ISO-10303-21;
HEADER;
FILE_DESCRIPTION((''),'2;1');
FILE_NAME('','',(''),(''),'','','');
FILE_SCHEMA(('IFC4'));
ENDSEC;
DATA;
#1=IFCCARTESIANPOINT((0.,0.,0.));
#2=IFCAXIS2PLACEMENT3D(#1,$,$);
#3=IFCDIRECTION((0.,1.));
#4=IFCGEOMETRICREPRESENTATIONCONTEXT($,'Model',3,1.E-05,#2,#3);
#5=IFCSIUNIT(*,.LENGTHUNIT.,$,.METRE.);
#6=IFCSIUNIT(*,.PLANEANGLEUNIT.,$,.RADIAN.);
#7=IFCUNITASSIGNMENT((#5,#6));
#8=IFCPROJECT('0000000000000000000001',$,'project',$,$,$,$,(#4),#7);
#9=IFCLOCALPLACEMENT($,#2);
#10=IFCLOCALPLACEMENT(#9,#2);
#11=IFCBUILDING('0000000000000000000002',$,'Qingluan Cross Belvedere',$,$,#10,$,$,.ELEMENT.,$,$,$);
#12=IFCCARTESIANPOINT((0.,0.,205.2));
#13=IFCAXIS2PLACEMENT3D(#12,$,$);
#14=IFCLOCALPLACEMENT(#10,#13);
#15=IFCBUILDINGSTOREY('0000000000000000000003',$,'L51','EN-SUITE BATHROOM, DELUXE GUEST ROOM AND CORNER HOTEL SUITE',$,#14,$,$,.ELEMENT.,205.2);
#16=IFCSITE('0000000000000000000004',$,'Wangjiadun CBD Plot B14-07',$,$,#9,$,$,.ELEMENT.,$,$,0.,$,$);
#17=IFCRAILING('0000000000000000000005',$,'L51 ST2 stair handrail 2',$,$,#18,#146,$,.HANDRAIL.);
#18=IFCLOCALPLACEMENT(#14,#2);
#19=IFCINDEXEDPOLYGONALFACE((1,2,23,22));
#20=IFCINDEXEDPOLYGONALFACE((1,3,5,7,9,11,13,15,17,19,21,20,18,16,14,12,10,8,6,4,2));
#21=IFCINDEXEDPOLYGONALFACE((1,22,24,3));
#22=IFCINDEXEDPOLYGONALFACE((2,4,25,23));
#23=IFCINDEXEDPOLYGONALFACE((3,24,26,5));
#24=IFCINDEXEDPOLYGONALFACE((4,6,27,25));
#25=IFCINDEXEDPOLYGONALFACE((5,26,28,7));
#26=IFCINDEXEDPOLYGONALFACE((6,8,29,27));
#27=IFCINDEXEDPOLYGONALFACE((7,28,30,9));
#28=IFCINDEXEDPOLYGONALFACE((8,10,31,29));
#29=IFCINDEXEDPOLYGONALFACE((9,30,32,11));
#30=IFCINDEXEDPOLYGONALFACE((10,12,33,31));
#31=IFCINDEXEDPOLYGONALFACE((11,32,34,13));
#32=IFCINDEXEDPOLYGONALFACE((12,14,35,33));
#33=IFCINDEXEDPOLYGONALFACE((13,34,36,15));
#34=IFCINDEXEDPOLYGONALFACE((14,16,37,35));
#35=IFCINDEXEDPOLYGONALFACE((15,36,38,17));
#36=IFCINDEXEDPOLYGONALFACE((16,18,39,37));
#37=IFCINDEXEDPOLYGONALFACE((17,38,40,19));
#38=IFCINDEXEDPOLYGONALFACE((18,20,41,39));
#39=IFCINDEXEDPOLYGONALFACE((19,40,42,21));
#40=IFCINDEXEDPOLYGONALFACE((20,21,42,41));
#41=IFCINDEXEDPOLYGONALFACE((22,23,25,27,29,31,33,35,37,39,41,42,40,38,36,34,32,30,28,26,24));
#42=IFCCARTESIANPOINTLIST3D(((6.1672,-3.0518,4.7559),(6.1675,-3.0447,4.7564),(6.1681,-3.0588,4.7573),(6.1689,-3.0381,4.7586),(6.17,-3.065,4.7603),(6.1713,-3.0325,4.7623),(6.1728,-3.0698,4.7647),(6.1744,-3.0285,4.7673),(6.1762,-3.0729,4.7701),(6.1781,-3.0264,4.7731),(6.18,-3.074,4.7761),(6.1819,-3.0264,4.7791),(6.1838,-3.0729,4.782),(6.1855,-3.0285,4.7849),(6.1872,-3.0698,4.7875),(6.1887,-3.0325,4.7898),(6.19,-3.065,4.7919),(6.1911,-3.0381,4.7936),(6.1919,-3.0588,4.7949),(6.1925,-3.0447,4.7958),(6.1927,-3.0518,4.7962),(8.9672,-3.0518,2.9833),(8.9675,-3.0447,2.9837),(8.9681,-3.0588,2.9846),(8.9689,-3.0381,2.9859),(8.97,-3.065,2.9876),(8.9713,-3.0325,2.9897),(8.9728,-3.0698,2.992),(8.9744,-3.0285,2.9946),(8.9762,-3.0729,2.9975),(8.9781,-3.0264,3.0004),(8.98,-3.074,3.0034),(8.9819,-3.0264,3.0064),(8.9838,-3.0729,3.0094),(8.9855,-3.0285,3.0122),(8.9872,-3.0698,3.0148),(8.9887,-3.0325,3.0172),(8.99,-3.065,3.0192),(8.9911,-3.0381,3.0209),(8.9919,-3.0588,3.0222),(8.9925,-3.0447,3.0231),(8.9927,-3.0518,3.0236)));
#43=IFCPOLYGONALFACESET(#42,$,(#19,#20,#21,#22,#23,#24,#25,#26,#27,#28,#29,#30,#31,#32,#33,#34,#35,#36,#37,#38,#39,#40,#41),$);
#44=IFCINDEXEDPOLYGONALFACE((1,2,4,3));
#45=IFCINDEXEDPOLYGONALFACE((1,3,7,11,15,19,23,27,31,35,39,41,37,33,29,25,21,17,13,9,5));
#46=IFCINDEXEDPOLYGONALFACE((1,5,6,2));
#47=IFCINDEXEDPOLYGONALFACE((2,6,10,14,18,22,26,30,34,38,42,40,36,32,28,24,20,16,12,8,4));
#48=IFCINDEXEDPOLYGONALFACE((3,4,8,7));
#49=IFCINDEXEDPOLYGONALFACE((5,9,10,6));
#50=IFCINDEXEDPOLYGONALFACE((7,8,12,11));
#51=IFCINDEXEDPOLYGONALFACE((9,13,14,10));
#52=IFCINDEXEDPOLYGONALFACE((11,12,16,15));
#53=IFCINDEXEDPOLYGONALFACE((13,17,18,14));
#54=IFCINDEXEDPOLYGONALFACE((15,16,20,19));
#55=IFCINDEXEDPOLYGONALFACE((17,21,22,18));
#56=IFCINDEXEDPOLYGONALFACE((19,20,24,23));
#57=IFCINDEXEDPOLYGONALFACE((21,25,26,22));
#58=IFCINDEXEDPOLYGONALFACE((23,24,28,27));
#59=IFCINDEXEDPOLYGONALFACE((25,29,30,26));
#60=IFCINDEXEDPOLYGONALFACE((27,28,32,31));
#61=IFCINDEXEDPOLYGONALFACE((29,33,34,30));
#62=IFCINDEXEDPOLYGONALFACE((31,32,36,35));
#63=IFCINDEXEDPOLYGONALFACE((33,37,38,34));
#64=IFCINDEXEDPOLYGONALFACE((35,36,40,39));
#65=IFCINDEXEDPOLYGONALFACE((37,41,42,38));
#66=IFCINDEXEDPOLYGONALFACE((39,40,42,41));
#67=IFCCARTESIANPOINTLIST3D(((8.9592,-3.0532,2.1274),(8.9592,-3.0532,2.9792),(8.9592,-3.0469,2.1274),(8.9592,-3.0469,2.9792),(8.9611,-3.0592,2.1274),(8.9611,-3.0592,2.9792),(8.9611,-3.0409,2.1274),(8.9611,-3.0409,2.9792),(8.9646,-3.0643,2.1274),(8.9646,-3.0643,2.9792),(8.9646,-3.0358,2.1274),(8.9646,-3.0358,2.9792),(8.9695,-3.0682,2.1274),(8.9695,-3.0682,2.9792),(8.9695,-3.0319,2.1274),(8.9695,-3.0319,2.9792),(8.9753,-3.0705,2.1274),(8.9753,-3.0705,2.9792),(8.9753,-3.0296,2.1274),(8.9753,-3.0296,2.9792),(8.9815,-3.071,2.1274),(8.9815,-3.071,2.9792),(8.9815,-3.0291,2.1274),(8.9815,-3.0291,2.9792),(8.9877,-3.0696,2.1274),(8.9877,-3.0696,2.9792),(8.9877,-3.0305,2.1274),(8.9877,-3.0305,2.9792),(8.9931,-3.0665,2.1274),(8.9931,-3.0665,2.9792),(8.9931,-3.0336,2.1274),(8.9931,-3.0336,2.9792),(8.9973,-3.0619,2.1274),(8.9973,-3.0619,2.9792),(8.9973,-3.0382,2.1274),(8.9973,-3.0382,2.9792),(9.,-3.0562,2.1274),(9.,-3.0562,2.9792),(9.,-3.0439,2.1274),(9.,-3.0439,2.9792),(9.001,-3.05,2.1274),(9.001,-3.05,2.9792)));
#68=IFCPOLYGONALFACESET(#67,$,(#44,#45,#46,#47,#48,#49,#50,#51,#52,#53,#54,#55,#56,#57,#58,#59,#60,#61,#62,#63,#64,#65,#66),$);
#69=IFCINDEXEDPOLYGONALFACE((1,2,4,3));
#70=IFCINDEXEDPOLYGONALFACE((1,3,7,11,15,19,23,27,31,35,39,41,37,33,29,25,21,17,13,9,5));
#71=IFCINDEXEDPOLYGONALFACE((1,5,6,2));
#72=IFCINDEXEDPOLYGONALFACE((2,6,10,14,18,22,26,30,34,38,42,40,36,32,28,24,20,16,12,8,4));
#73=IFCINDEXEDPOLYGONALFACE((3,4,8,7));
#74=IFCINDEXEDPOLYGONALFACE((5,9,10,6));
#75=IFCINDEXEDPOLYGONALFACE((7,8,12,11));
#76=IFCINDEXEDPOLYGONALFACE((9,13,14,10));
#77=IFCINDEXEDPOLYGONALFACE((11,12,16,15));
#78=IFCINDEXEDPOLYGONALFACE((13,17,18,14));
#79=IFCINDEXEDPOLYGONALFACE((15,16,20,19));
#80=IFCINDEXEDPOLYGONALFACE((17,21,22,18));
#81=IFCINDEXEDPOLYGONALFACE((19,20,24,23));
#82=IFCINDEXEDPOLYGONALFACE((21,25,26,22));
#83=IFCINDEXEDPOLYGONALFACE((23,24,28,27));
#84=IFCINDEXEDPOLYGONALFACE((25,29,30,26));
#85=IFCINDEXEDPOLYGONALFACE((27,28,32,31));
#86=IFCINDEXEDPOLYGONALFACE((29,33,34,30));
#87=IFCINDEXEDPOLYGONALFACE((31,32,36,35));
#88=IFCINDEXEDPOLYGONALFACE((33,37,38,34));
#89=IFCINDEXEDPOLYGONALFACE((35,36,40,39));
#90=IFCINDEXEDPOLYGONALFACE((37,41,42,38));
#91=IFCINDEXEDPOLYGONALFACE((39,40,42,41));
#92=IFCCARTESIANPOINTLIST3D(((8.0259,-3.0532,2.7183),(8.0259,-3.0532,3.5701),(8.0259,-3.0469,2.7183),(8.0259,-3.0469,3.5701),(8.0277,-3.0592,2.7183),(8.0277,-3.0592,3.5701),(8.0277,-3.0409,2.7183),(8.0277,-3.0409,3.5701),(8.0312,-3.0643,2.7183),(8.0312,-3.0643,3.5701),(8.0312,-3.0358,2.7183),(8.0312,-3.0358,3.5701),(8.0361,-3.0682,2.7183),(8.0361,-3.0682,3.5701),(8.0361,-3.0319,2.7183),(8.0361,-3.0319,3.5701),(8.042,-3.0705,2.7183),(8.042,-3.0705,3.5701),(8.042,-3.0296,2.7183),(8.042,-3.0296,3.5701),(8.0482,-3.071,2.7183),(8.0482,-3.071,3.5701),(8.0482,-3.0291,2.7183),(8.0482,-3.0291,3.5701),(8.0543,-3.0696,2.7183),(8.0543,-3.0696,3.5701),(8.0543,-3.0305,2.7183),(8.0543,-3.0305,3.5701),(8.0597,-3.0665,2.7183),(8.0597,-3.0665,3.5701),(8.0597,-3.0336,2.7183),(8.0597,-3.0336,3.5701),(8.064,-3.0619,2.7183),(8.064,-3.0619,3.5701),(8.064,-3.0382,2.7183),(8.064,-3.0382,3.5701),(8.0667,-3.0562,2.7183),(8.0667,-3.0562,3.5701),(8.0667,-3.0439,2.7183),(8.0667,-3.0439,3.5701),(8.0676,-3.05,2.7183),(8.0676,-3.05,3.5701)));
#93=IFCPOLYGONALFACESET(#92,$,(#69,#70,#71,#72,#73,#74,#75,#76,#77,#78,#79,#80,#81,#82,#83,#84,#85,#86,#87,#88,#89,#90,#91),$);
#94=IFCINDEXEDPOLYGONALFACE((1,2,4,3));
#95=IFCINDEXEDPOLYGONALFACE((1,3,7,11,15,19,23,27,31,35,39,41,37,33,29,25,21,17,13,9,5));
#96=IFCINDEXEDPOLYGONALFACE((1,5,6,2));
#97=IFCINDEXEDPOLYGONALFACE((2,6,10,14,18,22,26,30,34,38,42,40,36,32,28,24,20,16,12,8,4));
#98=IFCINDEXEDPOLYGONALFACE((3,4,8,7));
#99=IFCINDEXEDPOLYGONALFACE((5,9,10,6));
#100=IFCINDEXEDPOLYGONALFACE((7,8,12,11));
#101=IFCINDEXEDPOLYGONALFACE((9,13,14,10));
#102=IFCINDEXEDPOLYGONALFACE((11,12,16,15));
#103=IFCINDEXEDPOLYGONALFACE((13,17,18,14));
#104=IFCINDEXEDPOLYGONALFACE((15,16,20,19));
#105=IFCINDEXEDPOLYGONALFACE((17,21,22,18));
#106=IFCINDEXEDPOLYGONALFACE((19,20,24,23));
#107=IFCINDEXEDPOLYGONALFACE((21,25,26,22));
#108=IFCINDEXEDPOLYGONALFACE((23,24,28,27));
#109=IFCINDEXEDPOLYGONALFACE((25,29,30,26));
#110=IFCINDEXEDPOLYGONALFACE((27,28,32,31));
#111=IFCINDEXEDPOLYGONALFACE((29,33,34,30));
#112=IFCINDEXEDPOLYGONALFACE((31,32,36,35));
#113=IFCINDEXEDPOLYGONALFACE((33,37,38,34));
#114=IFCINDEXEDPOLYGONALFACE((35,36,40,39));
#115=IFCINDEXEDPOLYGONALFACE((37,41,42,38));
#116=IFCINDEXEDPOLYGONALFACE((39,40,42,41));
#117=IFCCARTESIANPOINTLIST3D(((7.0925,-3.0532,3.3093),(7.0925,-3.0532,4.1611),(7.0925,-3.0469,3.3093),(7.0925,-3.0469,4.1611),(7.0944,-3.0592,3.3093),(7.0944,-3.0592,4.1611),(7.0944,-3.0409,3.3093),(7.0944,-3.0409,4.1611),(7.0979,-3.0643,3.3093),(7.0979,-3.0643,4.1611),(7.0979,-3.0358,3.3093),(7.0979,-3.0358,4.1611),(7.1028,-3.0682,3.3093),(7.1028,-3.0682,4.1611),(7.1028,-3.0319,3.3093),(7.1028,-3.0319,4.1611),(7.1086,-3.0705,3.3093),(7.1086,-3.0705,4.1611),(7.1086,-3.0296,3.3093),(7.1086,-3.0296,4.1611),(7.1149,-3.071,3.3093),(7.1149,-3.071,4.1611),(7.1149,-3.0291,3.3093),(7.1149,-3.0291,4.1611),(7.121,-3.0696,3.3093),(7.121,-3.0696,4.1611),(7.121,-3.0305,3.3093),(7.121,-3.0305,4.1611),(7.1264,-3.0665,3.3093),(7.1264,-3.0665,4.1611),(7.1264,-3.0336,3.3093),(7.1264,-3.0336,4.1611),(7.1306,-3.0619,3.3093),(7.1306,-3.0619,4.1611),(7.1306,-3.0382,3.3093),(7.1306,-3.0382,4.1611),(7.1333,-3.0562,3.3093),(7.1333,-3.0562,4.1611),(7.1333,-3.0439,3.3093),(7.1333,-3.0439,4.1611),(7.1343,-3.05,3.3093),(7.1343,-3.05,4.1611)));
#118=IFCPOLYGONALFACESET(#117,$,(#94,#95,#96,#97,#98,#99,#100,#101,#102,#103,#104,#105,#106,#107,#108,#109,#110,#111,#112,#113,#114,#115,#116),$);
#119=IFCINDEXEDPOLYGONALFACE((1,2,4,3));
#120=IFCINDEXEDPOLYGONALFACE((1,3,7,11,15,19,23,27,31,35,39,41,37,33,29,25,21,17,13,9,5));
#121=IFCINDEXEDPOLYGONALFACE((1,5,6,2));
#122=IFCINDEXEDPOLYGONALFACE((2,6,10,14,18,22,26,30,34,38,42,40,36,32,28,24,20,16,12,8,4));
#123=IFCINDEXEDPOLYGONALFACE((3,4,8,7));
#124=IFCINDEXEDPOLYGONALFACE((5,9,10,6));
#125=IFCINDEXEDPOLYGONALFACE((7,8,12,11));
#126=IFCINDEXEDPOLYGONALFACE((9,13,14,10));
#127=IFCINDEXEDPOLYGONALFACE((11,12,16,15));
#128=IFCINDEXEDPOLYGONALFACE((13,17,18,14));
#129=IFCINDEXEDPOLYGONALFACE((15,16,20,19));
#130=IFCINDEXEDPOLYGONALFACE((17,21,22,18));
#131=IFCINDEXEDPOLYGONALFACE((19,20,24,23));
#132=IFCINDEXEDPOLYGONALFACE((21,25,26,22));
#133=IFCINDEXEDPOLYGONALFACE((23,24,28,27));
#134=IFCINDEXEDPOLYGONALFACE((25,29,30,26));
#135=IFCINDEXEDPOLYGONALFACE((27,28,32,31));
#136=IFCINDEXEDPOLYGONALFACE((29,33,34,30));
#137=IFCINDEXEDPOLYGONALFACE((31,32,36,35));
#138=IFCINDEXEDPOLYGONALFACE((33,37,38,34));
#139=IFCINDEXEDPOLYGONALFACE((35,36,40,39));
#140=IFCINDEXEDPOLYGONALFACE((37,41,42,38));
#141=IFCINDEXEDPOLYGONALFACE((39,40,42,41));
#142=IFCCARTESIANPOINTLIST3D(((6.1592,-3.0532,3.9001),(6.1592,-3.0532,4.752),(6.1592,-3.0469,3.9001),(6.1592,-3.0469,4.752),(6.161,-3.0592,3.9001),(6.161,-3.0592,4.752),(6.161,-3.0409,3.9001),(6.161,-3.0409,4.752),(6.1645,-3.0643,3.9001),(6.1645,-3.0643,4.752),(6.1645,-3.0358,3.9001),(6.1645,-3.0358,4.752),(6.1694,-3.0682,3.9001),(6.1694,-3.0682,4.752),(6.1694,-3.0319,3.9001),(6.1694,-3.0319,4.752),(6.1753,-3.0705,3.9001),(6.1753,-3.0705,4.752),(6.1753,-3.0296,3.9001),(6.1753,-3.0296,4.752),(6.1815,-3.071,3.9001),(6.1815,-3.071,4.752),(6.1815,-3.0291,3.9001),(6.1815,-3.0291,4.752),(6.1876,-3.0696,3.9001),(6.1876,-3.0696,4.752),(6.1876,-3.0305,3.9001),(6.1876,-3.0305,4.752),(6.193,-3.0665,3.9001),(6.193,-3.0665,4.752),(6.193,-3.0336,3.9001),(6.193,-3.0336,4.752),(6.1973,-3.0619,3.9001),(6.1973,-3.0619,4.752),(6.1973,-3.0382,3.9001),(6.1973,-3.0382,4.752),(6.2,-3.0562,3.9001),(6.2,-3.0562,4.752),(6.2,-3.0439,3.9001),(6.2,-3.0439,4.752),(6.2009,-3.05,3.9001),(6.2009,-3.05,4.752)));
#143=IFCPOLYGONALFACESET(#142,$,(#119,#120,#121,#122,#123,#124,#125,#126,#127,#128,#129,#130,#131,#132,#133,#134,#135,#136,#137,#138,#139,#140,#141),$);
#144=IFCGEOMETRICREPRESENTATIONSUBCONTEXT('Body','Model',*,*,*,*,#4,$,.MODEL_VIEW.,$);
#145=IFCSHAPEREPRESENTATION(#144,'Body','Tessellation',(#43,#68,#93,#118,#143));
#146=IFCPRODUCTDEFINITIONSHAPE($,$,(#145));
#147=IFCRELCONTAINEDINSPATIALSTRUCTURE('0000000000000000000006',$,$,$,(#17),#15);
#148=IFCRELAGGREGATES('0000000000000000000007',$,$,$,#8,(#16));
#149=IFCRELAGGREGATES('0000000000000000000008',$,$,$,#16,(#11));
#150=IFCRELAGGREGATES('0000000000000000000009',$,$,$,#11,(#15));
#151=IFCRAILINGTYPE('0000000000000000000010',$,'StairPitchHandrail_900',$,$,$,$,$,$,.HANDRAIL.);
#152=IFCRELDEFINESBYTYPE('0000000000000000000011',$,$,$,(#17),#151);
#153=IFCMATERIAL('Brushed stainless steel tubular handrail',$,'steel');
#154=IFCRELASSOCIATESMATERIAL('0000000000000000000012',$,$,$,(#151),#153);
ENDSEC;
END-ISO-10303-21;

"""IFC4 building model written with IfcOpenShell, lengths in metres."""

from ifc_helpers import new_model, si_unit, direction, frame, origin, origin_2d, place, context, subcontext, project, spatial, circle, extrude, material, type_object, element, save


model = new_model("IFC4")

# Units and contexts
model_context = context("Model", 3, precision=1e-05, world=origin(), true_north=direction((0.0, 1.0)))
body_context = subcontext(model_context, "Body", "Model", "MODEL_VIEW")
ifc_project = project(units=[si_unit("LENGTHUNIT", "METRE"), si_unit("PLANEANGLEUNIT", "RADIAN")], contexts=[model_context])

# Site, building, storey
site_placement = place(None, origin())
site = spatial("IfcSite", under=ifc_project, at=site_placement, Name="Wangjiadun CBD Plot B14-07", CompositionType="ELEMENT", RefElevation=0.0)
building_placement = place(site_placement, origin())
building = spatial("IfcBuilding", under=site, at=building_placement, Name="Qingluan Cross Belvedere", CompositionType="ELEMENT")
storey_placement = place(building_placement, frame((0.0, 0.0, 205.2)))
storey = spatial("IfcBuildingStorey", under=building, at=storey_placement, Name="L51", Description="EN-SUITE BATHROOM, DELUXE GUEST ROOM AND CORNER HOTEL SUITE", CompositionType="ELEMENT", Elevation=205.2)

# Railing
ifc_material_1 = material(Name="Brushed stainless steel tubular handrail", Category="steel")
railing_type_1 = type_object("IfcRailingType", Name="StairPitchHandrail_900", PredefinedType="HANDRAIL", material=ifc_material_1)
railing_1_placement = place(storey_placement, frame((8.98, -3.05, 2.1274)))
element("IfcRailing", 1, at=railing_1_placement, inside=storey, type_object=railing_type_1, Name="L51 ST2 stair handrail 2", PredefinedType="HANDRAIL", context=body_context, shape_type="SweptSolid", body=[
    extrude(circle(Radius=0.0239, at=origin_2d()), frame((0.0, 0.0, 0.876), z_axis=(-0.844909, 0.0, 0.53491), x_axis=(0.0, -1.0, 0.0)), (0.0, 0.0, 1.0), 3.314),
    extrude(circle(Radius=0.021, at=origin_2d()), origin(), (0.0, 0.0, 1.0), 0.8518),
    extrude(circle(Radius=0.021, at=origin_2d()), frame((-0.9333, 0.0, 0.5908)), (0.0, 0.0, 1.0), 0.8518),
    extrude(circle(Radius=0.021, at=origin_2d()), frame((-1.8667, 0.0, 1.1819)), (0.0, 0.0, 1.0), 0.8518),
    extrude(circle(Radius=0.021, at=origin_2d()), frame((-2.8, 0.0, 1.7727)), (0.0, 0.0, 1.0), 0.8518),
])

save(model, "model.ifc")
